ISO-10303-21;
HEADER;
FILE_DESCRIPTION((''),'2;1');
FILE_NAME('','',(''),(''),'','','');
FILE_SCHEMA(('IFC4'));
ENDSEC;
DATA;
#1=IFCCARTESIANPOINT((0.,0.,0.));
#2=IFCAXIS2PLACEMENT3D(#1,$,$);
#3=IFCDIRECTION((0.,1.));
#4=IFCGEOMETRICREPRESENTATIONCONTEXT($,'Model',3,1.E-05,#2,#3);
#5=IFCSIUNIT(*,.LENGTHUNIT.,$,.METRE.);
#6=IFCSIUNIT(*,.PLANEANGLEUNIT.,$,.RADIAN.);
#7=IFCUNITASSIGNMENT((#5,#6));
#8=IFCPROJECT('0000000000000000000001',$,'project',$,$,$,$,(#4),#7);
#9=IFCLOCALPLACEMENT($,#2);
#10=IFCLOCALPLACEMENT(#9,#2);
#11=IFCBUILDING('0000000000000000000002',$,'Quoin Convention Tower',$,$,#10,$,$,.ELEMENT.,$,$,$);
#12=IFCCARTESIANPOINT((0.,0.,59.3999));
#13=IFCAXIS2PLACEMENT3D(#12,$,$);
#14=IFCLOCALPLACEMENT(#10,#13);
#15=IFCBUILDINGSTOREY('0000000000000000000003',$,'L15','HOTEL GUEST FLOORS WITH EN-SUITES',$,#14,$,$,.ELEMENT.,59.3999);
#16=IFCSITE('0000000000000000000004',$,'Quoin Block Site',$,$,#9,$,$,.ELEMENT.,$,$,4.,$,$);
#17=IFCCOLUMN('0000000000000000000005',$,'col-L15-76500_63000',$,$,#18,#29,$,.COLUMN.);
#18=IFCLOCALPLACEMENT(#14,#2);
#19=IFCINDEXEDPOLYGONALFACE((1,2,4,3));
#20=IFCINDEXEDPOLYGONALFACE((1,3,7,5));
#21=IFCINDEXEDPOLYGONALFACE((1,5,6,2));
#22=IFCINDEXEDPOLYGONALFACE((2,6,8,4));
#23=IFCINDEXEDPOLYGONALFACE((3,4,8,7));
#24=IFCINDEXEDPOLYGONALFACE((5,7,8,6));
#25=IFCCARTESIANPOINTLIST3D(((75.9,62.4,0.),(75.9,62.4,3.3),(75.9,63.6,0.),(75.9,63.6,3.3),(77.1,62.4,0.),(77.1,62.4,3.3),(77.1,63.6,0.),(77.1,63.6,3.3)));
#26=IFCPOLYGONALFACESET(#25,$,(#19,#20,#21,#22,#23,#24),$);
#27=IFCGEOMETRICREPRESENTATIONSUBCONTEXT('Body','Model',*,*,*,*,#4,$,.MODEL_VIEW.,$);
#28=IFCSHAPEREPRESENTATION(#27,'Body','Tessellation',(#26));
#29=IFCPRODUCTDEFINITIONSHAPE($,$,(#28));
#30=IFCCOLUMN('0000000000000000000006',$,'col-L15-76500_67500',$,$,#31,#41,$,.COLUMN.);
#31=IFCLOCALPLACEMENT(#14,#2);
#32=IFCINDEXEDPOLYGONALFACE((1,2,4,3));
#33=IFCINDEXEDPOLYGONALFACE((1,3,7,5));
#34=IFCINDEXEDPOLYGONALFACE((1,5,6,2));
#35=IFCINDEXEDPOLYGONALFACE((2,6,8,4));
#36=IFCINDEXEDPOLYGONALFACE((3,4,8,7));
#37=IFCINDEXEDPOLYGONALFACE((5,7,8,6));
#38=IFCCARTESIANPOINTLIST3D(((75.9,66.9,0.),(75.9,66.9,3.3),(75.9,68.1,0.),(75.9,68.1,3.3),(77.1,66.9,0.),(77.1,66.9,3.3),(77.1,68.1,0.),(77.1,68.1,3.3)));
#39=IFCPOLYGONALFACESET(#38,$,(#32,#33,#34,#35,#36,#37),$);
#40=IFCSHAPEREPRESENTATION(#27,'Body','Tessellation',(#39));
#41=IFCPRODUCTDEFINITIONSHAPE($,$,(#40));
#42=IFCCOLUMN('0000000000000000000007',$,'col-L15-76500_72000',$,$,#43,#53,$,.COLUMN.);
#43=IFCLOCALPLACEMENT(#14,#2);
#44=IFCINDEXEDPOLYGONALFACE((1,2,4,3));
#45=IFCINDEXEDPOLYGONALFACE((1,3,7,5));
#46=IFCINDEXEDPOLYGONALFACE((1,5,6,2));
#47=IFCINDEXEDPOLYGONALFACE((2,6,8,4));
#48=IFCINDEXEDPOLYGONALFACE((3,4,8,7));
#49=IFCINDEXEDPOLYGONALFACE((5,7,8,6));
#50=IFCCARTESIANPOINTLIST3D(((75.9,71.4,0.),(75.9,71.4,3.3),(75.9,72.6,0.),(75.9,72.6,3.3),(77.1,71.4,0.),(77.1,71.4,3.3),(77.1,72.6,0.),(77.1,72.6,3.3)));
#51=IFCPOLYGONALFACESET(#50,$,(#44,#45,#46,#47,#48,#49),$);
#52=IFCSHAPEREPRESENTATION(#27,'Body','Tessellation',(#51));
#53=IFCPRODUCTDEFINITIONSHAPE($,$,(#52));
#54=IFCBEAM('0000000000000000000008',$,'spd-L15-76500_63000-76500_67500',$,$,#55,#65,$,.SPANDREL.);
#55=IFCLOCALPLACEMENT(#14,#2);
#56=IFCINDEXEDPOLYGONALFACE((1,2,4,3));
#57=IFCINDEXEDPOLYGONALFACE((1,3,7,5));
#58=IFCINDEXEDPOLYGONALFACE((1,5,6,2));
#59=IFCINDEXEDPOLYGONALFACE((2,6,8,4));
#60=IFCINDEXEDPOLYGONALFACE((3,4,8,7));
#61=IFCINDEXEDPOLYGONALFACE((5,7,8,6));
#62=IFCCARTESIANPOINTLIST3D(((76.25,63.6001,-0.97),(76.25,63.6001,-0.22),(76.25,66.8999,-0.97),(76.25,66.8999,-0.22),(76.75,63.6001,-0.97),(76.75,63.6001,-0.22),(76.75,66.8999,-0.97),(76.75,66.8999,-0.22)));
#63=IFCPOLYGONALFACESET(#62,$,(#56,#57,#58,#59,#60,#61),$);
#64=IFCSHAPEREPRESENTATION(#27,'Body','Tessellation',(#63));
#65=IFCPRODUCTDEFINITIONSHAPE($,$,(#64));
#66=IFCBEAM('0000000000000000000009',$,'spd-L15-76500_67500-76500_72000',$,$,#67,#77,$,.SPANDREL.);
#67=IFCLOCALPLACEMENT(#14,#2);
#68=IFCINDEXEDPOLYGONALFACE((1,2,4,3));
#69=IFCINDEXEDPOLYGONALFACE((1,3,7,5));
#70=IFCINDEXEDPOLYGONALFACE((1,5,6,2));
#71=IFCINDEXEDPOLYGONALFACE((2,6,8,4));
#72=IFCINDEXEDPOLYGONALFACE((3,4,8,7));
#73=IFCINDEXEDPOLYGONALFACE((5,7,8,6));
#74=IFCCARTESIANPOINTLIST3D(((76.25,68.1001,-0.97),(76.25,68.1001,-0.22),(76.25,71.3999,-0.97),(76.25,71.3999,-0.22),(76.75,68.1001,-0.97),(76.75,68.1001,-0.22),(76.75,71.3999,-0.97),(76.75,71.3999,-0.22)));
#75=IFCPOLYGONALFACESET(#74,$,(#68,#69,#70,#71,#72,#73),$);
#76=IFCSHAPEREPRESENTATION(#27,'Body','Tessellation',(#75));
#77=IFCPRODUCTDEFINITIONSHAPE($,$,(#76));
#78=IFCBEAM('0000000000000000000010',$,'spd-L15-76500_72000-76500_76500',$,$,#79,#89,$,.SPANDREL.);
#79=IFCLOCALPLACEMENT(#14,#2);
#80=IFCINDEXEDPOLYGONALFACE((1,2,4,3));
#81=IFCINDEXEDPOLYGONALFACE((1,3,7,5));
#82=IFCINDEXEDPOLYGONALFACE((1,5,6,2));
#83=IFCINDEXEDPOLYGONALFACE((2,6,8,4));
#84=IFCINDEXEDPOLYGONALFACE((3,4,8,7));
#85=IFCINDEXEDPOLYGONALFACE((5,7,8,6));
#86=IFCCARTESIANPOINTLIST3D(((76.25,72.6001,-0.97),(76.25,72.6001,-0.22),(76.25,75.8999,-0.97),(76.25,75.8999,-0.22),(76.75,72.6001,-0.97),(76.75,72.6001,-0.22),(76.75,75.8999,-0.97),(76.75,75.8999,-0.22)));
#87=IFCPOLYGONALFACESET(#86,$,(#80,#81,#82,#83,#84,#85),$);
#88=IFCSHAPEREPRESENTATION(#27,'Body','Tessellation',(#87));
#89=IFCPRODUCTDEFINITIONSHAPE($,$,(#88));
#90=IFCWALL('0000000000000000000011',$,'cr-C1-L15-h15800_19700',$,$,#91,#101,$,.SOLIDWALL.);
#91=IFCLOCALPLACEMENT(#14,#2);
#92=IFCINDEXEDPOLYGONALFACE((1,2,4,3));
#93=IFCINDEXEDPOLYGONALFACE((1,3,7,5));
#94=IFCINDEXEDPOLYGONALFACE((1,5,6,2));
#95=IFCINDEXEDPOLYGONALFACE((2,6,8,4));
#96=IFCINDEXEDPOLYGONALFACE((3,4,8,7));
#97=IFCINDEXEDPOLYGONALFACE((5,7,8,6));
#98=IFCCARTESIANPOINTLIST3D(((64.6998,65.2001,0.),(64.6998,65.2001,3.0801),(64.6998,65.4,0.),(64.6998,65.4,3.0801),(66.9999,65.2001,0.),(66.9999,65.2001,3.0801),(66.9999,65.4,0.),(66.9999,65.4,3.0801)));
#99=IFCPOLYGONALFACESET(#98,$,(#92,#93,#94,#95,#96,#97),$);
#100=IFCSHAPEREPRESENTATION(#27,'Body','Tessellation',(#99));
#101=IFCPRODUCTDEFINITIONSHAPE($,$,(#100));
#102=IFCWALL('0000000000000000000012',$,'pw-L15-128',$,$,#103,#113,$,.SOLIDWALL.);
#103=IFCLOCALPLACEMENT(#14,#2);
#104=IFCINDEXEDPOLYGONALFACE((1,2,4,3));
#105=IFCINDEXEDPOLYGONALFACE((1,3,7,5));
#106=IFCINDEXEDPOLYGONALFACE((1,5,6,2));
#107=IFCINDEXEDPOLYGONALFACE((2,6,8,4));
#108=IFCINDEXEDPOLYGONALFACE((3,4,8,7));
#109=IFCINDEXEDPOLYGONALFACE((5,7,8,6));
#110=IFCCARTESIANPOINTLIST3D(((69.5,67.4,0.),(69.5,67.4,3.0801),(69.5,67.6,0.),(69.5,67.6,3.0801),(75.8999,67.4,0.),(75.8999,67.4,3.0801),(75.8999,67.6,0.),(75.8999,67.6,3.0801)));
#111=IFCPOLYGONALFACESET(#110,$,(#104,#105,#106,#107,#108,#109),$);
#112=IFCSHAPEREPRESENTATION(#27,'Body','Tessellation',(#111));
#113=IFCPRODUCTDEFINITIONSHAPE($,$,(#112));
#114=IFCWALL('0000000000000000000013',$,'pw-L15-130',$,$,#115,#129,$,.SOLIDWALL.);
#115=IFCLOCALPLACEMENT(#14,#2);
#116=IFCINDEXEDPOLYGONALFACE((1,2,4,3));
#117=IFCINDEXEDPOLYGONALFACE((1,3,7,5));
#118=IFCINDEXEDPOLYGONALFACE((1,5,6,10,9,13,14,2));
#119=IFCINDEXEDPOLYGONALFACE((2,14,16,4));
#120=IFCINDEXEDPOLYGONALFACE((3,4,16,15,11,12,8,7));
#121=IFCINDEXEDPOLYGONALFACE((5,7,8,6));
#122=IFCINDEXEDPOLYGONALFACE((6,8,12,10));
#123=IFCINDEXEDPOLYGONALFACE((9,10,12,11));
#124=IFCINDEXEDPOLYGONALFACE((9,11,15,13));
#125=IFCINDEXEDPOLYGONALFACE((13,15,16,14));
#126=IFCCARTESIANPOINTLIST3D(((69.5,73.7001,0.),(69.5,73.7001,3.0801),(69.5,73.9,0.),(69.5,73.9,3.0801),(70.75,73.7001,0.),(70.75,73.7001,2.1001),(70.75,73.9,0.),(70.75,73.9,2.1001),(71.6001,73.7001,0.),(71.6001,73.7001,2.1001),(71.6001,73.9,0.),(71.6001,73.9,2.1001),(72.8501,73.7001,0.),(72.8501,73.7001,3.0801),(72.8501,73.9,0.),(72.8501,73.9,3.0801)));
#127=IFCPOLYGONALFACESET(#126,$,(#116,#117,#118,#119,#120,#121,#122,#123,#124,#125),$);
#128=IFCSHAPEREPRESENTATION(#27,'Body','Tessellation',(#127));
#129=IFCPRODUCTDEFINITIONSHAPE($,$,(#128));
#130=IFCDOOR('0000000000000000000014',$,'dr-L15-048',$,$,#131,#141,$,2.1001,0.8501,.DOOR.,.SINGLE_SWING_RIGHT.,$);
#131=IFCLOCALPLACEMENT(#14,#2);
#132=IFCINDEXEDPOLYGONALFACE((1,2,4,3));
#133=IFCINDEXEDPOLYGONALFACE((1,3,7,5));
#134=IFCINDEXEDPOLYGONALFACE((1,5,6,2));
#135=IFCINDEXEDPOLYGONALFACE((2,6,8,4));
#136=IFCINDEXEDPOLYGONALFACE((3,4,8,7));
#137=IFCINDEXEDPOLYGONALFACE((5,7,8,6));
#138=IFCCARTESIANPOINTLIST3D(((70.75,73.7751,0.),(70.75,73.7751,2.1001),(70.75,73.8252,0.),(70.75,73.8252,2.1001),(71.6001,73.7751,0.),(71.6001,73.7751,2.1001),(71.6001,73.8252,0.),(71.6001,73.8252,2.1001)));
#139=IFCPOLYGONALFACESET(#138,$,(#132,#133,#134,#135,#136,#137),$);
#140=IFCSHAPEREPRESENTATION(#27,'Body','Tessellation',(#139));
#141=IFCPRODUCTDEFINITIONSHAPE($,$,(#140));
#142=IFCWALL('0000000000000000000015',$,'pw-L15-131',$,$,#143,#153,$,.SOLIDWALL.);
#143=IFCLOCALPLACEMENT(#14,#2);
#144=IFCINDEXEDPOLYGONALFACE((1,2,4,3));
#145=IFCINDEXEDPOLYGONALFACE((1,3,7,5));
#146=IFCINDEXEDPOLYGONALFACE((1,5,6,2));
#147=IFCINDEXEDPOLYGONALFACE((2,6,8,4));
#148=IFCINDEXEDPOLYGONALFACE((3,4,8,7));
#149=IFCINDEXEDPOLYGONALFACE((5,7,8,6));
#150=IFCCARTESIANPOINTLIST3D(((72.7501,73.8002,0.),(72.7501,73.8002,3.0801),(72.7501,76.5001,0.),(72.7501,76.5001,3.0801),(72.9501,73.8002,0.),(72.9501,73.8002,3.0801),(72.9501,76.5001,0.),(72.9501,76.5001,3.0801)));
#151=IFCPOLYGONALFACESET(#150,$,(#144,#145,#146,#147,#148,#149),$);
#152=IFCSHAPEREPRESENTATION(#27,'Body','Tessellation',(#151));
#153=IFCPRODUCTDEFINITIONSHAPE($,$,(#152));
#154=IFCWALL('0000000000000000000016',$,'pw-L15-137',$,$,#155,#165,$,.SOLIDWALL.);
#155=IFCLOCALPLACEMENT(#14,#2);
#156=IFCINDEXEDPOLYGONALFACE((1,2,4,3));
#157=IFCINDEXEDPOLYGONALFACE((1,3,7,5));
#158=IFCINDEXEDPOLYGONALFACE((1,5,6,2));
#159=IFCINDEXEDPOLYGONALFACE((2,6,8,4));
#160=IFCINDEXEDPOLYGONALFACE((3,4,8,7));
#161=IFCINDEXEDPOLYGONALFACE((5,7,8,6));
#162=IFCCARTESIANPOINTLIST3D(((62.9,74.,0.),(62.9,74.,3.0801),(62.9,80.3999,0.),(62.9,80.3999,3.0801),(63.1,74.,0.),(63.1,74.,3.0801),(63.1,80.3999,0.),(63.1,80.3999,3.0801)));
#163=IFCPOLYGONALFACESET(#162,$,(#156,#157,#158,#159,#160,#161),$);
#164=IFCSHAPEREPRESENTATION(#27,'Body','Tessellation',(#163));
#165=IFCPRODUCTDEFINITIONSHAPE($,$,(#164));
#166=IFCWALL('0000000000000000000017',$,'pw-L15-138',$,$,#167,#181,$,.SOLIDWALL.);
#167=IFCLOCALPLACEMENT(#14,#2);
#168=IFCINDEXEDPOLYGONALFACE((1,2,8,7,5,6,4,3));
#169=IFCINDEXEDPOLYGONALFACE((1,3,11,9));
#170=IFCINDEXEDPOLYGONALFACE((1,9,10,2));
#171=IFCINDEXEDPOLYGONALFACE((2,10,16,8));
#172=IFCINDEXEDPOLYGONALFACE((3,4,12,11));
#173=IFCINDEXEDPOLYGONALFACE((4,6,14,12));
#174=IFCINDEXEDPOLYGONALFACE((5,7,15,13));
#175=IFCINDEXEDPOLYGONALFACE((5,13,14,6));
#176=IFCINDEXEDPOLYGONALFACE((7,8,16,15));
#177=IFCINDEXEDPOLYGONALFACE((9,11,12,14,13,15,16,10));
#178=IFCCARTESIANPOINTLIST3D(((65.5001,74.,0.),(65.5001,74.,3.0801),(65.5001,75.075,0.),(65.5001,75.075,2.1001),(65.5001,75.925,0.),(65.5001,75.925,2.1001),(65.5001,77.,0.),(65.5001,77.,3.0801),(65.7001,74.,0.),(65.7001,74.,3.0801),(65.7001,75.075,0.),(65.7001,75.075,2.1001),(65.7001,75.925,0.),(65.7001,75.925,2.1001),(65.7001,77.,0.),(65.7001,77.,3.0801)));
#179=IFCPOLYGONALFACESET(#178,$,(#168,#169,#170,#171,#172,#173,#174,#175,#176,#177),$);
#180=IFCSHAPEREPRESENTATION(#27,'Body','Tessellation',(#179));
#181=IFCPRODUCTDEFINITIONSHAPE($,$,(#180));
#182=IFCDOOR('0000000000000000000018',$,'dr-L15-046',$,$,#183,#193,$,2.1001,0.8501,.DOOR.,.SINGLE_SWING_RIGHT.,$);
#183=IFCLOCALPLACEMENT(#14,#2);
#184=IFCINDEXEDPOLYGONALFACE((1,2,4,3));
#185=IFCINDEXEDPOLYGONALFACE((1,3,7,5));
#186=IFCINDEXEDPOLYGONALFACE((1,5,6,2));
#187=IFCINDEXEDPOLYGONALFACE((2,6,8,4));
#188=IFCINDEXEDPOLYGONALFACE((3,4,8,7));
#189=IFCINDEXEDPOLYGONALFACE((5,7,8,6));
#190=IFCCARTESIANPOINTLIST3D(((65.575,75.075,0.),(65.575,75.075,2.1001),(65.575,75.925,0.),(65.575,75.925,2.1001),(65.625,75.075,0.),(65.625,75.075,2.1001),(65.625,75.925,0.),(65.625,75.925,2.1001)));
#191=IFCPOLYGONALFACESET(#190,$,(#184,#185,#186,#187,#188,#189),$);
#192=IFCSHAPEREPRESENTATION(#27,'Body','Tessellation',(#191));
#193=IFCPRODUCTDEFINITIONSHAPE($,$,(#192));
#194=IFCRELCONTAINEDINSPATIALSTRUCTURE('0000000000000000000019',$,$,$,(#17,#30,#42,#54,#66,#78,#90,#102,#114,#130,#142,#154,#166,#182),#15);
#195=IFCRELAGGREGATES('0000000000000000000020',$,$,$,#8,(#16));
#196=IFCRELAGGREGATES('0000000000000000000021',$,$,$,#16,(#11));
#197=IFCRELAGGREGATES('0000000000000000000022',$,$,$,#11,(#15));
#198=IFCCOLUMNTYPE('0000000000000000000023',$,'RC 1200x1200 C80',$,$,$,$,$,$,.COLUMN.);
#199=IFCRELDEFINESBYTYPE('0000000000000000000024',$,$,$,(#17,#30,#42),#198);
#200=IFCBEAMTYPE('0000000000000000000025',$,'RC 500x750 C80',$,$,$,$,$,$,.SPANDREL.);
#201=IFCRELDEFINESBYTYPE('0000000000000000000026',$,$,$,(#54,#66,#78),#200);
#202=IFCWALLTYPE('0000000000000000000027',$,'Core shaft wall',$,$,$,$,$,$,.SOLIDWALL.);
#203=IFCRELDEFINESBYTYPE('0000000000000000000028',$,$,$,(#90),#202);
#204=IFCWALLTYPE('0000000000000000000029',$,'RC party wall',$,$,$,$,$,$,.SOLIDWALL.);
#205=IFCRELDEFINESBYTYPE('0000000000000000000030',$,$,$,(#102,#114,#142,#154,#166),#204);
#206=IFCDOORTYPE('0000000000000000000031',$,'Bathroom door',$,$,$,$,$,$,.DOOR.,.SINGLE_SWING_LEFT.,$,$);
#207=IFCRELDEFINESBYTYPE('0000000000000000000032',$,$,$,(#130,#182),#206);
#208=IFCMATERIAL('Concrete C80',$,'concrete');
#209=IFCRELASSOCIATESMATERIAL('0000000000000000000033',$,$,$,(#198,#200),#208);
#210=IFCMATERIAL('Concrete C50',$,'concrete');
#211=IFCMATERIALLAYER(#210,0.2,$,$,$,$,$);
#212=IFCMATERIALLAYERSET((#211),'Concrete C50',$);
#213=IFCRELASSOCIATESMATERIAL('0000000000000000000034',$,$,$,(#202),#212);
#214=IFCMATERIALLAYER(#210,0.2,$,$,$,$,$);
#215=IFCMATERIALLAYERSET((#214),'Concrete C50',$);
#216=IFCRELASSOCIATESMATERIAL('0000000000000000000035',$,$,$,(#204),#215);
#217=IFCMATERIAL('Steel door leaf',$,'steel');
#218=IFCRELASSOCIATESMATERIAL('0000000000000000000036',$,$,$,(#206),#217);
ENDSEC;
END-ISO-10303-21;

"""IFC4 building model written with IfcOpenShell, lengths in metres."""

from ifc_helpers import new_model, si_unit, direction, frame, frame_2d, origin, origin_2d, place, context, subcontext, project, spatial, rectangle, extrude, material, layer, layer_set, material_profile, profile_set, type_object, element, fill, save


model = new_model("IFC4")

# Units and contexts
model_context = context("Model", 3, precision=1e-05, world=origin(), true_north=direction((0.0, 1.0)))
body_context = subcontext(model_context, "Body", "Model", "MODEL_VIEW")
ifc_project = project(units=[si_unit("LENGTHUNIT", "METRE"), si_unit("PLANEANGLEUNIT", "RADIAN")], contexts=[model_context])

# Site, building, storey
site_placement = place(None, origin())
site = spatial("IfcSite", under=ifc_project, at=site_placement, Name="Quoin Block Site", CompositionType="ELEMENT", RefElevation=4.0)
building_placement = place(site_placement, origin())
building = spatial("IfcBuilding", under=site, at=building_placement, Name="Quoin Convention Tower", CompositionType="ELEMENT")
storey_placement = place(building_placement, frame((0.0, 0.0, 59.3999)))
storey = spatial("IfcBuildingStorey", under=building, at=storey_placement, Name="L15", Description="HOTEL GUEST FLOORS WITH EN-SUITES", CompositionType="ELEMENT", Elevation=59.3999)

# Columns
ifc_material_1 = material(Name="Concrete C80", Category="concrete")
ifc_material_profile_1 = material_profile(ifc_material_1, rectangle(XDim=1.2, YDim=1.2, at=origin_2d()), Name="RC 1200x1200")
ifc_profile_set_1 = profile_set([ifc_material_profile_1], Name="Concrete C80")
column_type = type_object("IfcColumnType", Name="RC 1200x1200 C80", PredefinedType="COLUMN", material=ifc_profile_set_1)
for number, where, z_axis, x_axis, name in (
    (1, (76.5, 63.0, 0.0), (0.0, 0.0, 1.0), (1.0, 0.0, 0.0), "col-L15-76500_63000"),
    (2, (76.5, 67.5, 0.0), (0.0, 0.0, 1.0), (1.0, 0.0, 0.0), "col-L15-76500_67500"),
    (3, (76.5, 72.0, 0.0), (0.0, 0.0, 1.0), (1.0, 0.0, 0.0), "col-L15-76500_72000"),
):
    element("IfcColumn", number, at=place(storey_placement, frame(where, z_axis=z_axis, x_axis=x_axis)), inside=storey, type_object=column_type, Name=name, PredefinedType="COLUMN", context=body_context, shape_type="SweptSolid", body=[
        extrude(rectangle(XDim=1.2, YDim=1.2, at=origin_2d()), origin(), (0.0, 0.0, 1.0), 3.3),
    ])

# Beams
ifc_material_profile_2 = material_profile(ifc_material_1, rectangle(XDim=0.5, YDim=0.75, at=origin_2d()), Name="RC 500x750")
ifc_profile_set_2 = profile_set([ifc_material_profile_2], Name="Concrete C80")
beam_type = type_object("IfcBeamType", Name="RC 500x750 C80", PredefinedType="SPANDREL", material=ifc_profile_set_2)
for number, where, z_axis, x_axis, name in (
    (4, (76.5, 63.6001, -0.595), (0.0, 1.0, 0.0), (-1.0, 0.0, 0.0), "spd-L15-76500_63000-76500_67500"),
    (5, (76.5, 68.1001, -0.595), (0.0, 1.0, 0.0), (-1.0, 0.0, 0.0), "spd-L15-76500_67500-76500_72000"),
    (6, (76.5, 72.6001, -0.595), (0.0, 1.0, 0.0), (-1.0, 0.0, 0.0), "spd-L15-76500_72000-76500_76500"),
):
    element("IfcBeam", number, at=place(storey_placement, frame(where, z_axis=z_axis, x_axis=x_axis)), inside=storey, type_object=beam_type, Name=name, PredefinedType="SPANDREL", context=body_context, shape_type="SweptSolid", body=[
        extrude(rectangle(XDim=0.5, YDim=0.75, at=origin_2d()), origin(), (0.0, 0.0, 1.0), 3.2998),
    ])

# Walls
ifc_material_2 = material(Name="Concrete C50", Category="concrete")
ifc_layer_1 = layer(ifc_material_2, 0.2)
ifc_layer_set_1 = layer_set([ifc_layer_1], Name="Concrete C50")
wall_type_1 = type_object("IfcWallType", Name="Core shaft wall", PredefinedType="SOLIDWALL", material=ifc_layer_set_1)
wall_1_placement = place(storey_placement, frame((64.7, 65.3, 0.0), z_axis=(0.0, 0.0, 1.0), x_axis=(1.0, 0.0, 0.0)))
element("IfcWall", 7, at=wall_1_placement, inside=storey, type_object=wall_type_1, Name="cr-C1-L15-h15800_19700", PredefinedType="SOLIDWALL", context=body_context, shape_type="SweptSolid", body=[
    extrude(rectangle(XDim=2.3, YDim=0.2, at=frame_2d((1.1499, 0.0))), origin(), (0.0, 0.0, 1.0), 3.0801),
])
ifc_layer_2 = layer(ifc_material_2, 0.2)
ifc_layer_set_2 = layer_set([ifc_layer_2], Name="Concrete C50")
wall_type_2 = type_object("IfcWallType", Name="RC party wall", PredefinedType="SOLIDWALL", material=ifc_layer_set_2)
wall_2_placement = place(storey_placement, frame((69.5, 67.5, 0.0), z_axis=(0.0, 0.0, 1.0), x_axis=(1.0, 0.0, 0.0)))
element("IfcWall", 8, at=wall_2_placement, inside=storey, type_object=wall_type_2, Name="pw-L15-128", PredefinedType="SOLIDWALL", context=body_context, shape_type="SweptSolid", body=[
    extrude(rectangle(XDim=6.3999, YDim=0.2, at=frame_2d((3.2, 0.0))), origin(), (0.0, 0.0, 1.0), 3.0801),
])

# Wall, opening, door
wall_3_placement = place(storey_placement, frame((69.5, 73.8, 0.0), z_axis=(0.0, 0.0, 1.0), x_axis=(1.0, 0.0, 0.0)))
wall_3 = element("IfcWall", 9, at=wall_3_placement, inside=storey, type_object=wall_type_2, Name="pw-L15-130", PredefinedType="SOLIDWALL", context=body_context, shape_type="SweptSolid", body=[
    extrude(rectangle(XDim=3.3501, YDim=0.2, at=frame_2d((1.675, 0.0))), origin(), (0.0, 0.0, 1.0), 3.0801),
])
opening_1_placement = place(wall_3_placement, frame((1.25, 0.0, 0.0)))
opening_1 = element("IfcOpeningElement", 10, at=opening_1_placement, cuts=wall_3, PredefinedType="OPENING", context=body_context, shape_type="SweptSolid", body=[
    extrude(rectangle(XDim=0.8501, YDim=2.1001, at=frame_2d((0.425, 1.05))), frame((0.0, 0.1099, 0.0), z_axis=(0.0, -1.0, 0.0), x_axis=(1.0, 0.0, 0.0)), (0.0, 0.0, 1.0), 0.22),
])
ifc_material_3 = material(Name="Steel door leaf", Category="steel")
door_type = type_object("IfcDoorType", Name="Bathroom door", OperationType="SINGLE_SWING_LEFT", PredefinedType="DOOR", material=ifc_material_3)
door_1_placement = place(opening_1_placement, frame((0.8501, 0.0, 0.0), z_axis=(0.0, 0.0, 1.0), x_axis=(-1.0, 0.0, 0.0)))
door_1 = element("IfcDoor", 11, at=door_1_placement, inside=storey, type_object=door_type, Name="dr-L15-048", OperationType="SINGLE_SWING_RIGHT", OverallHeight=2.1001, OverallWidth=0.8501, PredefinedType="DOOR", context=body_context, shape_type="SweptSolid", body=[
    extrude(rectangle(XDim=0.8501, YDim=2.1001, at=frame_2d((0.425, 1.05))), frame((0.0, 0.0249, 0.0), z_axis=(0.0, -1.0, 0.0), x_axis=(1.0, 0.0, 0.0)), (0.0, 0.0, 1.0), 0.05),
])
fill(opening_1, door_1)

# Walls
wall_4_placement = place(storey_placement, frame((72.8501, 73.8, 0.0), z_axis=(0.0, 0.0, 1.0), x_axis=(0.0, 1.0, 0.0)))
element("IfcWall", 12, at=wall_4_placement, inside=storey, type_object=wall_type_2, Name="pw-L15-131", PredefinedType="SOLIDWALL", context=body_context, shape_type="SweptSolid", body=[
    extrude(rectangle(XDim=2.7, YDim=0.2, at=frame_2d((1.3501, 0.0))), origin(), (0.0, 0.0, 1.0), 3.0801),
])
wall_5_placement = place(storey_placement, frame((63.0, 74.0, 0.0), z_axis=(0.0, 0.0, 1.0), x_axis=(0.0, 1.0, 0.0)))
element("IfcWall", 13, at=wall_5_placement, inside=storey, type_object=wall_type_2, Name="pw-L15-137", PredefinedType="SOLIDWALL", context=body_context, shape_type="SweptSolid", body=[
    extrude(rectangle(XDim=6.3999, YDim=0.2, at=frame_2d((3.2, 0.0))), origin(), (0.0, 0.0, 1.0), 3.0801),
])

# Wall, opening, door
wall_6_placement = place(storey_placement, frame((65.6001, 74.0, 0.0), z_axis=(0.0, 0.0, 1.0), x_axis=(0.0, 1.0, 0.0)))
wall_6 = element("IfcWall", 14, at=wall_6_placement, inside=storey, type_object=wall_type_2, Name="pw-L15-138", PredefinedType="SOLIDWALL", context=body_context, shape_type="SweptSolid", body=[
    extrude(rectangle(XDim=3.0, YDim=0.2, at=frame_2d((1.5, 0.0))), origin(), (0.0, 0.0, 1.0), 3.0801),
])
opening_2_placement = place(wall_6_placement, frame((1.075, 0.0, 0.0)))
opening_2 = element("IfcOpeningElement", 15, at=opening_2_placement, cuts=wall_6, PredefinedType="OPENING", context=body_context, shape_type="SweptSolid", body=[
    extrude(rectangle(XDim=0.8501, YDim=2.1001, at=frame_2d((0.425, 1.05))), frame((0.0, 0.1099, 0.0), z_axis=(0.0, -1.0, 0.0), x_axis=(1.0, 0.0, 0.0)), (0.0, 0.0, 1.0), 0.22),
])
door_2_placement = place(opening_2_placement, frame((0.8501, 0.0, 0.0), z_axis=(0.0, 0.0, 1.0), x_axis=(-1.0, 0.0, 0.0)))
door_2 = element("IfcDoor", 16, at=door_2_placement, inside=storey, type_object=door_type, Name="dr-L15-046", OperationType="SINGLE_SWING_RIGHT", OverallHeight=2.1001, OverallWidth=0.8501, PredefinedType="DOOR", context=body_context, shape_type="SweptSolid", body=[
    extrude(rectangle(XDim=0.8501, YDim=2.1001, at=frame_2d((0.425, 1.05))), frame((0.0, 0.0249, 0.0), z_axis=(0.0, -1.0, 0.0), x_axis=(1.0, 0.0, 0.0)), (0.0, 0.0, 1.0), 0.05),
])
fill(opening_2, door_2)

save(model, "model.ifc")
